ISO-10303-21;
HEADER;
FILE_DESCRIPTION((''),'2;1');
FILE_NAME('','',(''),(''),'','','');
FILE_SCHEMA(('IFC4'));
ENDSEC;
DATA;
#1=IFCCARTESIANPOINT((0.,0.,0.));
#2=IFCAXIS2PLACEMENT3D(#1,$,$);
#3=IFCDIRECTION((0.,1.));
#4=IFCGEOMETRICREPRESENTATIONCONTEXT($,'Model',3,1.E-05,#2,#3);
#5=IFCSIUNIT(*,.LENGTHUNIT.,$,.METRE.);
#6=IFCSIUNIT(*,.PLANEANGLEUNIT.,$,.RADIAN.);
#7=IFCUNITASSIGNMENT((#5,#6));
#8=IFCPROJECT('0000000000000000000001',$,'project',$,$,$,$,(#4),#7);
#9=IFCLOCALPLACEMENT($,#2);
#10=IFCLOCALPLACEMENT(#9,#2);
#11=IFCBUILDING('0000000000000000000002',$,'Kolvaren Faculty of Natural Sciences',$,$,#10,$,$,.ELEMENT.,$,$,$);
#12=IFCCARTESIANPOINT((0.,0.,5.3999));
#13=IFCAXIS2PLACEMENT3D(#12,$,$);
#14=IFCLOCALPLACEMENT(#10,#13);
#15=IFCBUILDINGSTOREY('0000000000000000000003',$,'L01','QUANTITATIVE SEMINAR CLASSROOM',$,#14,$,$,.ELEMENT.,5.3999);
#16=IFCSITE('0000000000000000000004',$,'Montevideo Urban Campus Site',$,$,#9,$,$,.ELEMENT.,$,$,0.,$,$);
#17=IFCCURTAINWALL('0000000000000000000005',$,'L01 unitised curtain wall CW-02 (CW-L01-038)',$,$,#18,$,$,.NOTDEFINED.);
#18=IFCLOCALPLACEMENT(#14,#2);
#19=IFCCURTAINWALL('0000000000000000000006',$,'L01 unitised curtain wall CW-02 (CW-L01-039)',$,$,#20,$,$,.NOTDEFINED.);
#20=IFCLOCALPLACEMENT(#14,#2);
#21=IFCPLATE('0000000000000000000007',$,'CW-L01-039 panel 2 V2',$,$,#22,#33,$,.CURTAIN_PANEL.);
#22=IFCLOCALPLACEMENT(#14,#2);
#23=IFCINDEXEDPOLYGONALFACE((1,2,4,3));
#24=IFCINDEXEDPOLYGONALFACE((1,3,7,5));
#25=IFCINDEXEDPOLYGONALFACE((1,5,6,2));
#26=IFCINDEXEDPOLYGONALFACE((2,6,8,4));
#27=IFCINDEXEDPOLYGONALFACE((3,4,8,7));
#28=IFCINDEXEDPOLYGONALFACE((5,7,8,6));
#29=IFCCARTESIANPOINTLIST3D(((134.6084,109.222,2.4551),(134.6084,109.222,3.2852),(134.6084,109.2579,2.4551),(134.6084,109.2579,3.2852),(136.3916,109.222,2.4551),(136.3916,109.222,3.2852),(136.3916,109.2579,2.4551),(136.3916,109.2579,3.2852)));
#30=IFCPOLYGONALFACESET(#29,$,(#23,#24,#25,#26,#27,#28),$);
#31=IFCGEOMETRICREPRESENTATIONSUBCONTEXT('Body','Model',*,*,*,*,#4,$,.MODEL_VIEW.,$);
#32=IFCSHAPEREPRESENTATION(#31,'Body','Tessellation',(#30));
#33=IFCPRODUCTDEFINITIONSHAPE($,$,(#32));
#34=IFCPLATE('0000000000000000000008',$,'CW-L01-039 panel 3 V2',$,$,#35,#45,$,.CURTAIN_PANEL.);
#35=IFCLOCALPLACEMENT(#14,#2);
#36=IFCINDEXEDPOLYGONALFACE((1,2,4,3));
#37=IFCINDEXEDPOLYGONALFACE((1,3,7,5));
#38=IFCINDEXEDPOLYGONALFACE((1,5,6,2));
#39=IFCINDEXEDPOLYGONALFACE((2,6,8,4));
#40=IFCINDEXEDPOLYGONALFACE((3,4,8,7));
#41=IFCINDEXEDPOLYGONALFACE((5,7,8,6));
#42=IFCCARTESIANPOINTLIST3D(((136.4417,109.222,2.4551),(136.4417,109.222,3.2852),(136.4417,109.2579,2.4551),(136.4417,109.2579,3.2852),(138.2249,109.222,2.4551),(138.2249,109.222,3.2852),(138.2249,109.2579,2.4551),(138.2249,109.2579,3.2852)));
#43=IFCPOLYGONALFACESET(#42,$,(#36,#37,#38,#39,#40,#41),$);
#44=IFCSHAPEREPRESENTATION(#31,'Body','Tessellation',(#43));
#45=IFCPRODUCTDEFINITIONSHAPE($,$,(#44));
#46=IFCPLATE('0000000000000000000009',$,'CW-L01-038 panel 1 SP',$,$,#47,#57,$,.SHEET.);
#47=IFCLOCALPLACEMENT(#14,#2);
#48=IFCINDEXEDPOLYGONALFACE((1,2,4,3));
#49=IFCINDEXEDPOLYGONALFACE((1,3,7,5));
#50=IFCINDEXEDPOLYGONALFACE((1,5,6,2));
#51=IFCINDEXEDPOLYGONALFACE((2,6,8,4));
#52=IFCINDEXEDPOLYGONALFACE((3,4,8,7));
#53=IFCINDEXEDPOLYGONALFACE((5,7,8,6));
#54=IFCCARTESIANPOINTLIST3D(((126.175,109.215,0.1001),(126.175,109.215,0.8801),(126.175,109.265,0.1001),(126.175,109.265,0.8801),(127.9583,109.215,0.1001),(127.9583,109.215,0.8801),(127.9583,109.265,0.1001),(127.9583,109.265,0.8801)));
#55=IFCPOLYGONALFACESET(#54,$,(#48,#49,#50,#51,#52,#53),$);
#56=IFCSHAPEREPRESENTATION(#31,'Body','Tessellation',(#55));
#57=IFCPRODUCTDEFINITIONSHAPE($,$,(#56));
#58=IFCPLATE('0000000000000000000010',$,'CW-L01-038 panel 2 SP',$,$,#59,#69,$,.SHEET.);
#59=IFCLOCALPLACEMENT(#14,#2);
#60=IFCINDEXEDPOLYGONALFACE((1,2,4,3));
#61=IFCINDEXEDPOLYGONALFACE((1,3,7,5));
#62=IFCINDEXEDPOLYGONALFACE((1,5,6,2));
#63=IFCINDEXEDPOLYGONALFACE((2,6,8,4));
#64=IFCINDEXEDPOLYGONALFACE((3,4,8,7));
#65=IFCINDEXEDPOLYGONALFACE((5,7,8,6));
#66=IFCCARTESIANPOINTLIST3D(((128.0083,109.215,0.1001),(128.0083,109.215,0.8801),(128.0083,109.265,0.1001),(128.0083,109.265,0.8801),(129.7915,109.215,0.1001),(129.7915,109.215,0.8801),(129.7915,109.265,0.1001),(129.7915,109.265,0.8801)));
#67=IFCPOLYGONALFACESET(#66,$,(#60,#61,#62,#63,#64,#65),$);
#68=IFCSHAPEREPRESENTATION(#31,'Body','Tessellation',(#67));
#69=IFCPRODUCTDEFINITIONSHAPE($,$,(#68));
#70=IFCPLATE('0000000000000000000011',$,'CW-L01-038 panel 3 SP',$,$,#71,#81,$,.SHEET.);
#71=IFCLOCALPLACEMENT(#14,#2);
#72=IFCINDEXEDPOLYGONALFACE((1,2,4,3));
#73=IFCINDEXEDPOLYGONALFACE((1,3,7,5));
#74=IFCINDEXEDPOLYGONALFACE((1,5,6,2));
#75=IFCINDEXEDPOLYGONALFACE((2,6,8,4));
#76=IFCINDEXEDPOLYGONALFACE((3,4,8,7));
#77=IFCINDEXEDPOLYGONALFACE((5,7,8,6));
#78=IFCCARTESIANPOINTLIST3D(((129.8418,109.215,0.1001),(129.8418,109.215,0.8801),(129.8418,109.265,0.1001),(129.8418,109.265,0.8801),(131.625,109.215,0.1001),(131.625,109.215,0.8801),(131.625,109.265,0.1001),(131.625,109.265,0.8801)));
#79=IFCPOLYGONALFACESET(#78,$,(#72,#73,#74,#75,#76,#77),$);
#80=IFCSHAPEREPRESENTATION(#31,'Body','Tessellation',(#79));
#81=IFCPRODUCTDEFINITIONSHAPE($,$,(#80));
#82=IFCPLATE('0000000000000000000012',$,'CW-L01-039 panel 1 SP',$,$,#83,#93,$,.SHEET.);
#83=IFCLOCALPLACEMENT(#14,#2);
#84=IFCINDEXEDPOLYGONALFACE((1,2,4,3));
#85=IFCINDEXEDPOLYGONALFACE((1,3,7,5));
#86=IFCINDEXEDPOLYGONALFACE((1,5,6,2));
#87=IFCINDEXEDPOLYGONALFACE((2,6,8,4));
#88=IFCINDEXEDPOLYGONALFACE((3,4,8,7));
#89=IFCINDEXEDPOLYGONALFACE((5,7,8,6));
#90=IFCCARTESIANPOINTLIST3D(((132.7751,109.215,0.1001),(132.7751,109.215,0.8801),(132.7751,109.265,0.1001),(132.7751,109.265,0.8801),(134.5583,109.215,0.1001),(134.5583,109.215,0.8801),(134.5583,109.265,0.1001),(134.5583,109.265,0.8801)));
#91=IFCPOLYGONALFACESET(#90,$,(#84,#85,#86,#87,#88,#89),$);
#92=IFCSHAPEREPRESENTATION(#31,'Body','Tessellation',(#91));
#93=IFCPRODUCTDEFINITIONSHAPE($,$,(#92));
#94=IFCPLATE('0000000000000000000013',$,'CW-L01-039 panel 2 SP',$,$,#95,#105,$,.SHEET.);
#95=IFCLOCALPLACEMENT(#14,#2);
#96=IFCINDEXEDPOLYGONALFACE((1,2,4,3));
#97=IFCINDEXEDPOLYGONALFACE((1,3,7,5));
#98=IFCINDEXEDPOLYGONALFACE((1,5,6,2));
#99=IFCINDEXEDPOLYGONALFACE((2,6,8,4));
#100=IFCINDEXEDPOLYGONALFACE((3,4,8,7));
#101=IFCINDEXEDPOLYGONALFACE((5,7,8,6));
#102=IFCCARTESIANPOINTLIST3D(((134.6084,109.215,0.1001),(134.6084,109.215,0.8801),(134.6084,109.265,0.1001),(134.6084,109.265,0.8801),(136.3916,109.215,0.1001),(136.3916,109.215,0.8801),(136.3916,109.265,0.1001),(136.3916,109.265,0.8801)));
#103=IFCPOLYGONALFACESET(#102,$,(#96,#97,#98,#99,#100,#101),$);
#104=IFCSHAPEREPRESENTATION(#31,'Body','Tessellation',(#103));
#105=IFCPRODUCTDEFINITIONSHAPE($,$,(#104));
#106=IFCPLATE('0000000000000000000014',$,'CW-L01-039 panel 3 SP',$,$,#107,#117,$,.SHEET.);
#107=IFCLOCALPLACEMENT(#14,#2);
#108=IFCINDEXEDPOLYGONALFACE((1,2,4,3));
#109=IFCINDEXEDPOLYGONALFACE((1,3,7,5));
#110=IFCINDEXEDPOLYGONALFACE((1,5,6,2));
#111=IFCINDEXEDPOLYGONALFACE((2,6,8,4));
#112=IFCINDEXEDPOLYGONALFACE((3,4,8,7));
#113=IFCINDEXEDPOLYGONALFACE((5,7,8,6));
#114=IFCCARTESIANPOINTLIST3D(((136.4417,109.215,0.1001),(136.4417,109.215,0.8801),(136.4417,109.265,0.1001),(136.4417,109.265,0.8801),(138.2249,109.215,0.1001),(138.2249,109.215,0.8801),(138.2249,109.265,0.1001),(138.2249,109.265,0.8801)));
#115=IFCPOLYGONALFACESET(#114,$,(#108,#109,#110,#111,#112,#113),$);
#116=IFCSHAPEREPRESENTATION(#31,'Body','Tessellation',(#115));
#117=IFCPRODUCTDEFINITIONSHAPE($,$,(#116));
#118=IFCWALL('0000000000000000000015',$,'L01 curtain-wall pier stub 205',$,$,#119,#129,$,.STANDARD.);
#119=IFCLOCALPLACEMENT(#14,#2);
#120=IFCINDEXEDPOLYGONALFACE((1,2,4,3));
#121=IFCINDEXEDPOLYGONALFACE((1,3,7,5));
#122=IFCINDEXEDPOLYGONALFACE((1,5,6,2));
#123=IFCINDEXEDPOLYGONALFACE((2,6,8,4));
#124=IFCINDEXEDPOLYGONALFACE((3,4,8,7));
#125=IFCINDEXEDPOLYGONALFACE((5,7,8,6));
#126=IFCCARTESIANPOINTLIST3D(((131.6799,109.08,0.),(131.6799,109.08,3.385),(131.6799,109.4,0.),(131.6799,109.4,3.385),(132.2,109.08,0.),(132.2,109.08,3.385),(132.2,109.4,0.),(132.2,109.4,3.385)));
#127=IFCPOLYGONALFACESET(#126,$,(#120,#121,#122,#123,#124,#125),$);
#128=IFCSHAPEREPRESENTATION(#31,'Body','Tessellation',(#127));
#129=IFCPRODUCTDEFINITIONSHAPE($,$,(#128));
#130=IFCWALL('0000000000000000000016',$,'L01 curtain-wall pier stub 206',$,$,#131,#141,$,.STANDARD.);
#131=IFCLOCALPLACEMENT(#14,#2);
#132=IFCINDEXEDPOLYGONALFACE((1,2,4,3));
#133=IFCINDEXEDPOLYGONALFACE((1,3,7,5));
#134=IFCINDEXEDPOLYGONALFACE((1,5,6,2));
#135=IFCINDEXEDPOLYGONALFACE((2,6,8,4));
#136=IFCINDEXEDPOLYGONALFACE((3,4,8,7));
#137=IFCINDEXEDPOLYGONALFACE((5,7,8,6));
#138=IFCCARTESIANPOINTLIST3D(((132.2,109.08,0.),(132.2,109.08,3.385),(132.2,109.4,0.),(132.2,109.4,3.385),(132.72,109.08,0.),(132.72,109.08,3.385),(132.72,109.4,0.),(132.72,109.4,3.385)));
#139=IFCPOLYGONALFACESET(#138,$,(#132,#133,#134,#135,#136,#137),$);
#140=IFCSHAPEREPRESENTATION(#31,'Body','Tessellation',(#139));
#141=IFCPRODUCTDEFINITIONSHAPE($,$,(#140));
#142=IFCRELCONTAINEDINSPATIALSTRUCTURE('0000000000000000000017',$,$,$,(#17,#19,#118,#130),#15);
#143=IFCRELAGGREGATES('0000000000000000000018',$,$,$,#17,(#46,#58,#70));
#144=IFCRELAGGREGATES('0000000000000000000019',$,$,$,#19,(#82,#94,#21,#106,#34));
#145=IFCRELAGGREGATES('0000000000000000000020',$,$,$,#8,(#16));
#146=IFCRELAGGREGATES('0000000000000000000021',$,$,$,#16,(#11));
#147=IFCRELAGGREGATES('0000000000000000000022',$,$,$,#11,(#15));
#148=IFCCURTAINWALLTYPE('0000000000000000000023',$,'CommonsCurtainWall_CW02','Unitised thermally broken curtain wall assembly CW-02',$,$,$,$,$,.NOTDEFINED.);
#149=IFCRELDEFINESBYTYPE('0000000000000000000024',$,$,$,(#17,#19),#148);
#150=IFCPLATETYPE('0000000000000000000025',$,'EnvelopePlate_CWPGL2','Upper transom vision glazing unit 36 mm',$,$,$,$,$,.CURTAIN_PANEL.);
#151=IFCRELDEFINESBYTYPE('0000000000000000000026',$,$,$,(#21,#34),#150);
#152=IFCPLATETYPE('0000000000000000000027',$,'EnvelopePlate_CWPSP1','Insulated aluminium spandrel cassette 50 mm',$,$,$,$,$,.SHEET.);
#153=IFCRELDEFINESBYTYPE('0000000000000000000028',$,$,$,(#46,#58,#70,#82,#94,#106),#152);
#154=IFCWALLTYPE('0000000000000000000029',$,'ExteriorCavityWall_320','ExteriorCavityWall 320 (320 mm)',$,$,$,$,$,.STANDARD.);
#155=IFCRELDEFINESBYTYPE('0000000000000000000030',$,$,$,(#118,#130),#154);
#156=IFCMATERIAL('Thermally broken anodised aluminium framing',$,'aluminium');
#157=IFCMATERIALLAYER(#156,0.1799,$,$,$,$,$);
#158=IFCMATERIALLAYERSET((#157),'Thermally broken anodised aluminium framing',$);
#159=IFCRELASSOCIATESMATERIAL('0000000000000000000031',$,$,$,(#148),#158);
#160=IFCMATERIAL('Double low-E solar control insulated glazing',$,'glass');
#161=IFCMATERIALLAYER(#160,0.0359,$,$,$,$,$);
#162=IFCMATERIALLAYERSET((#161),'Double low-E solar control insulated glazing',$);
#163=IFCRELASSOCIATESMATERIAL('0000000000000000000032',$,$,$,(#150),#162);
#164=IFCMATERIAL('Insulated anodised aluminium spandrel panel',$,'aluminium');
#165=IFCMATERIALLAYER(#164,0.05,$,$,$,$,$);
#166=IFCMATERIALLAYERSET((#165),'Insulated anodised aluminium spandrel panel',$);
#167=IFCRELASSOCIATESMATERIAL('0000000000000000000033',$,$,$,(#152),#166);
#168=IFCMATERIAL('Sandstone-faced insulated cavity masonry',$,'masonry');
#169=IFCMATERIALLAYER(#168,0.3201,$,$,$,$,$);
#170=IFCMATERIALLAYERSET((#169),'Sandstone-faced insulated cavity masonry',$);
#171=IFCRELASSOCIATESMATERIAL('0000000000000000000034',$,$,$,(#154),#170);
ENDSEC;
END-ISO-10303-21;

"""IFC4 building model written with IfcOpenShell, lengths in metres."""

from ifc_helpers import new_model, si_unit, direction, frame, frame_2d, origin, origin_2d, place, context, subcontext, project, spatial, rectangle, extrude, material, layer, layer_set, type_object, element, aggregate, save


model = new_model("IFC4")

# Units and contexts
model_context = context("Model", 3, precision=1e-05, world=origin(), true_north=direction((0.0, 1.0)))
body_context = subcontext(model_context, "Body", "Model", "MODEL_VIEW")
ifc_project = project(units=[si_unit("LENGTHUNIT", "METRE"), si_unit("PLANEANGLEUNIT", "RADIAN")], contexts=[model_context])

# Site, building, storey
site_placement = place(None, origin())
site = spatial("IfcSite", under=ifc_project, at=site_placement, Name="Montevideo Urban Campus Site", CompositionType="ELEMENT", RefElevation=0.0)
building_placement = place(site_placement, origin())
building = spatial("IfcBuilding", under=site, at=building_placement, Name="Kolvaren Faculty of Natural Sciences", CompositionType="ELEMENT")
storey_placement = place(building_placement, frame((0.0, 0.0, 5.3999)))
storey = spatial("IfcBuildingStorey", under=building, at=storey_placement, Name="L01", Description="QUANTITATIVE SEMINAR CLASSROOM", CompositionType="ELEMENT", Elevation=5.3999)

# Curtain walls
ifc_material_1 = material(Name="Thermally broken anodised aluminium framing", Category="aluminium")
ifc_layer_1 = layer(ifc_material_1, 0.1799)
ifc_layer_set_1 = layer_set([ifc_layer_1], Name="Thermally broken anodised aluminium framing")
curtain_wall_type = type_object("IfcCurtainWallType", Name="CommonsCurtainWall_CW02", Description="Unitised thermally broken curtain wall assembly CW-02", PredefinedType="NOTDEFINED", material=ifc_layer_set_1)
curtain_wall_1_placement = place(storey_placement, origin())
curtain_wall_1 = element("IfcCurtainWall", 1, at=curtain_wall_1_placement, inside=storey, type_object=curtain_wall_type, Name="L01 unitised curtain wall CW-02 (CW-L01-038)", PredefinedType="NOTDEFINED")
curtain_wall_2_placement = place(storey_placement, origin())
curtain_wall_2 = element("IfcCurtainWall", 2, at=curtain_wall_2_placement, inside=storey, type_object=curtain_wall_type, Name="L01 unitised curtain wall CW-02 (CW-L01-039)", PredefinedType="NOTDEFINED")

# Plates
ifc_material_2 = material(Name="Double low-E solar control insulated glazing", Category="glass")
ifc_layer_2 = layer(ifc_material_2, 0.0359)
ifc_layer_set_2 = layer_set([ifc_layer_2], Name="Double low-E solar control insulated glazing")
plate_type_1 = type_object("IfcPlateType", Name="EnvelopePlate_CWPGL2", Description="Upper transom vision glazing unit 36 mm", PredefinedType="CURTAIN_PANEL", material=ifc_layer_set_2)
plate_1_placement = place(storey_placement, frame((135.5, 109.24, 2.4551), z_axis=(0.0, 0.0, 1.0), x_axis=(1.0, 0.0, 0.0)))
plate_1 = element("IfcPlate", 3, at=plate_1_placement, type_object=plate_type_1, Name="CW-L01-039 panel 2 V2", PredefinedType="CURTAIN_PANEL", context=body_context, shape_type="SweptSolid", body=[
    extrude(rectangle(XDim=1.7832, YDim=0.0359, at=origin_2d()), origin(), (0.0, 0.0, 1.0), 0.8301),
])
plate_2_placement = place(storey_placement, frame((137.3333, 109.24, 2.4551), z_axis=(0.0, 0.0, 1.0), x_axis=(1.0, 0.0, 0.0)))
plate_2 = element("IfcPlate", 4, at=plate_2_placement, type_object=plate_type_1, Name="CW-L01-039 panel 3 V2", PredefinedType="CURTAIN_PANEL", context=body_context, shape_type="SweptSolid", body=[
    extrude(rectangle(XDim=1.7832, YDim=0.0359, at=origin_2d()), origin(), (0.0, 0.0, 1.0), 0.8301),
])
ifc_material_3 = material(Name="Insulated anodised aluminium spandrel panel", Category="aluminium")
ifc_layer_3 = layer(ifc_material_3, 0.05)
ifc_layer_set_3 = layer_set([ifc_layer_3], Name="Insulated anodised aluminium spandrel panel")
plate_type_2 = type_object("IfcPlateType", Name="EnvelopePlate_CWPSP1", Description="Insulated aluminium spandrel cassette 50 mm", PredefinedType="SHEET", material=ifc_layer_set_3)
plate_3_placement = place(storey_placement, frame((127.0667, 109.24, 0.1001), z_axis=(0.0, 0.0, 1.0), x_axis=(1.0, 0.0, 0.0)))
plate_3 = element("IfcPlate", 5, at=plate_3_placement, type_object=plate_type_2, Name="CW-L01-038 panel 1 SP", PredefinedType="SHEET", context=body_context, shape_type="SweptSolid", body=[
    extrude(rectangle(XDim=1.7832, YDim=0.05, at=origin_2d()), origin(), (0.0, 0.0, 1.0), 0.78),
])
plate_4_placement = place(storey_placement, frame((128.8999, 109.24, 0.1001), z_axis=(0.0, 0.0, 1.0), x_axis=(1.0, 0.0, 0.0)))
plate_4 = element("IfcPlate", 6, at=plate_4_placement, type_object=plate_type_2, Name="CW-L01-038 panel 2 SP", PredefinedType="SHEET", context=body_context, shape_type="SweptSolid", body=[
    extrude(rectangle(XDim=1.7832, YDim=0.05, at=origin_2d()), origin(), (0.0, 0.0, 1.0), 0.78),
])
plate_5_placement = place(storey_placement, frame((130.7334, 109.24, 0.1001), z_axis=(0.0, 0.0, 1.0), x_axis=(1.0, 0.0, 0.0)))
plate_5 = element("IfcPlate", 7, at=plate_5_placement, type_object=plate_type_2, Name="CW-L01-038 panel 3 SP", PredefinedType="SHEET", context=body_context, shape_type="SweptSolid", body=[
    extrude(rectangle(XDim=1.7832, YDim=0.05, at=origin_2d()), origin(), (0.0, 0.0, 1.0), 0.78),
])
aggregate(curtain_wall_1, [plate_3, plate_4, plate_5])
plate_6_placement = place(storey_placement, frame((133.6667, 109.24, 0.1001), z_axis=(0.0, 0.0, 1.0), x_axis=(1.0, 0.0, 0.0)))
plate_6 = element("IfcPlate", 8, at=plate_6_placement, type_object=plate_type_2, Name="CW-L01-039 panel 1 SP", PredefinedType="SHEET", context=body_context, shape_type="SweptSolid", body=[
    extrude(rectangle(XDim=1.7832, YDim=0.05, at=origin_2d()), origin(), (0.0, 0.0, 1.0), 0.78),
])
plate_7_placement = place(storey_placement, frame((135.5, 109.24, 0.1001), z_axis=(0.0, 0.0, 1.0), x_axis=(1.0, 0.0, 0.0)))
plate_7 = element("IfcPlate", 9, at=plate_7_placement, type_object=plate_type_2, Name="CW-L01-039 panel 2 SP", PredefinedType="SHEET", context=body_context, shape_type="SweptSolid", body=[
    extrude(rectangle(XDim=1.7832, YDim=0.05, at=origin_2d()), origin(), (0.0, 0.0, 1.0), 0.78),
])
plate_8_placement = place(storey_placement, frame((137.3333, 109.24, 0.1001), z_axis=(0.0, 0.0, 1.0), x_axis=(1.0, 0.0, 0.0)))
plate_8 = element("IfcPlate", 10, at=plate_8_placement, type_object=plate_type_2, Name="CW-L01-039 panel 3 SP", PredefinedType="SHEET", context=body_context, shape_type="SweptSolid", body=[
    extrude(rectangle(XDim=1.7832, YDim=0.05, at=origin_2d()), origin(), (0.0, 0.0, 1.0), 0.78),
])
aggregate(curtain_wall_2, [plate_6, plate_7, plate_1, plate_8, plate_2])

# Walls
ifc_material_4 = material(Name="Sandstone-faced insulated cavity masonry", Category="masonry")
ifc_layer_4 = layer(ifc_material_4, 0.3201)
ifc_layer_set_4 = layer_set([ifc_layer_4], Name="Sandstone-faced insulated cavity masonry")
wall_type = type_object("IfcWallType", Name="ExteriorCavityWall_320", Description="ExteriorCavityWall 320 (320 mm)", PredefinedType="STANDARD", material=ifc_layer_set_4)
for number, where, z_axis, x_axis, name in (
    (11, (131.6799, 109.24, 0.0), (0.0, 0.0, 1.0), (1.0, 0.0, 0.0), "L01 curtain-wall pier stub 205"),
    (12, (132.2, 109.24, 0.0), (0.0, 0.0, 1.0), (1.0, 0.0, 0.0), "L01 curtain-wall pier stub 206"),
):
    element("IfcWall", number, at=place(storey_placement, frame(where, z_axis=z_axis, x_axis=x_axis)), inside=storey, type_object=wall_type, Name=name, PredefinedType="STANDARD", context=body_context, shape_type="SweptSolid", body=[
        extrude(rectangle(XDim=0.52, YDim=0.3201, at=frame_2d((0.26, 0.0))), origin(), (0.0, 0.0, 1.0), 3.385),
    ])

save(model, "model.ifc")
